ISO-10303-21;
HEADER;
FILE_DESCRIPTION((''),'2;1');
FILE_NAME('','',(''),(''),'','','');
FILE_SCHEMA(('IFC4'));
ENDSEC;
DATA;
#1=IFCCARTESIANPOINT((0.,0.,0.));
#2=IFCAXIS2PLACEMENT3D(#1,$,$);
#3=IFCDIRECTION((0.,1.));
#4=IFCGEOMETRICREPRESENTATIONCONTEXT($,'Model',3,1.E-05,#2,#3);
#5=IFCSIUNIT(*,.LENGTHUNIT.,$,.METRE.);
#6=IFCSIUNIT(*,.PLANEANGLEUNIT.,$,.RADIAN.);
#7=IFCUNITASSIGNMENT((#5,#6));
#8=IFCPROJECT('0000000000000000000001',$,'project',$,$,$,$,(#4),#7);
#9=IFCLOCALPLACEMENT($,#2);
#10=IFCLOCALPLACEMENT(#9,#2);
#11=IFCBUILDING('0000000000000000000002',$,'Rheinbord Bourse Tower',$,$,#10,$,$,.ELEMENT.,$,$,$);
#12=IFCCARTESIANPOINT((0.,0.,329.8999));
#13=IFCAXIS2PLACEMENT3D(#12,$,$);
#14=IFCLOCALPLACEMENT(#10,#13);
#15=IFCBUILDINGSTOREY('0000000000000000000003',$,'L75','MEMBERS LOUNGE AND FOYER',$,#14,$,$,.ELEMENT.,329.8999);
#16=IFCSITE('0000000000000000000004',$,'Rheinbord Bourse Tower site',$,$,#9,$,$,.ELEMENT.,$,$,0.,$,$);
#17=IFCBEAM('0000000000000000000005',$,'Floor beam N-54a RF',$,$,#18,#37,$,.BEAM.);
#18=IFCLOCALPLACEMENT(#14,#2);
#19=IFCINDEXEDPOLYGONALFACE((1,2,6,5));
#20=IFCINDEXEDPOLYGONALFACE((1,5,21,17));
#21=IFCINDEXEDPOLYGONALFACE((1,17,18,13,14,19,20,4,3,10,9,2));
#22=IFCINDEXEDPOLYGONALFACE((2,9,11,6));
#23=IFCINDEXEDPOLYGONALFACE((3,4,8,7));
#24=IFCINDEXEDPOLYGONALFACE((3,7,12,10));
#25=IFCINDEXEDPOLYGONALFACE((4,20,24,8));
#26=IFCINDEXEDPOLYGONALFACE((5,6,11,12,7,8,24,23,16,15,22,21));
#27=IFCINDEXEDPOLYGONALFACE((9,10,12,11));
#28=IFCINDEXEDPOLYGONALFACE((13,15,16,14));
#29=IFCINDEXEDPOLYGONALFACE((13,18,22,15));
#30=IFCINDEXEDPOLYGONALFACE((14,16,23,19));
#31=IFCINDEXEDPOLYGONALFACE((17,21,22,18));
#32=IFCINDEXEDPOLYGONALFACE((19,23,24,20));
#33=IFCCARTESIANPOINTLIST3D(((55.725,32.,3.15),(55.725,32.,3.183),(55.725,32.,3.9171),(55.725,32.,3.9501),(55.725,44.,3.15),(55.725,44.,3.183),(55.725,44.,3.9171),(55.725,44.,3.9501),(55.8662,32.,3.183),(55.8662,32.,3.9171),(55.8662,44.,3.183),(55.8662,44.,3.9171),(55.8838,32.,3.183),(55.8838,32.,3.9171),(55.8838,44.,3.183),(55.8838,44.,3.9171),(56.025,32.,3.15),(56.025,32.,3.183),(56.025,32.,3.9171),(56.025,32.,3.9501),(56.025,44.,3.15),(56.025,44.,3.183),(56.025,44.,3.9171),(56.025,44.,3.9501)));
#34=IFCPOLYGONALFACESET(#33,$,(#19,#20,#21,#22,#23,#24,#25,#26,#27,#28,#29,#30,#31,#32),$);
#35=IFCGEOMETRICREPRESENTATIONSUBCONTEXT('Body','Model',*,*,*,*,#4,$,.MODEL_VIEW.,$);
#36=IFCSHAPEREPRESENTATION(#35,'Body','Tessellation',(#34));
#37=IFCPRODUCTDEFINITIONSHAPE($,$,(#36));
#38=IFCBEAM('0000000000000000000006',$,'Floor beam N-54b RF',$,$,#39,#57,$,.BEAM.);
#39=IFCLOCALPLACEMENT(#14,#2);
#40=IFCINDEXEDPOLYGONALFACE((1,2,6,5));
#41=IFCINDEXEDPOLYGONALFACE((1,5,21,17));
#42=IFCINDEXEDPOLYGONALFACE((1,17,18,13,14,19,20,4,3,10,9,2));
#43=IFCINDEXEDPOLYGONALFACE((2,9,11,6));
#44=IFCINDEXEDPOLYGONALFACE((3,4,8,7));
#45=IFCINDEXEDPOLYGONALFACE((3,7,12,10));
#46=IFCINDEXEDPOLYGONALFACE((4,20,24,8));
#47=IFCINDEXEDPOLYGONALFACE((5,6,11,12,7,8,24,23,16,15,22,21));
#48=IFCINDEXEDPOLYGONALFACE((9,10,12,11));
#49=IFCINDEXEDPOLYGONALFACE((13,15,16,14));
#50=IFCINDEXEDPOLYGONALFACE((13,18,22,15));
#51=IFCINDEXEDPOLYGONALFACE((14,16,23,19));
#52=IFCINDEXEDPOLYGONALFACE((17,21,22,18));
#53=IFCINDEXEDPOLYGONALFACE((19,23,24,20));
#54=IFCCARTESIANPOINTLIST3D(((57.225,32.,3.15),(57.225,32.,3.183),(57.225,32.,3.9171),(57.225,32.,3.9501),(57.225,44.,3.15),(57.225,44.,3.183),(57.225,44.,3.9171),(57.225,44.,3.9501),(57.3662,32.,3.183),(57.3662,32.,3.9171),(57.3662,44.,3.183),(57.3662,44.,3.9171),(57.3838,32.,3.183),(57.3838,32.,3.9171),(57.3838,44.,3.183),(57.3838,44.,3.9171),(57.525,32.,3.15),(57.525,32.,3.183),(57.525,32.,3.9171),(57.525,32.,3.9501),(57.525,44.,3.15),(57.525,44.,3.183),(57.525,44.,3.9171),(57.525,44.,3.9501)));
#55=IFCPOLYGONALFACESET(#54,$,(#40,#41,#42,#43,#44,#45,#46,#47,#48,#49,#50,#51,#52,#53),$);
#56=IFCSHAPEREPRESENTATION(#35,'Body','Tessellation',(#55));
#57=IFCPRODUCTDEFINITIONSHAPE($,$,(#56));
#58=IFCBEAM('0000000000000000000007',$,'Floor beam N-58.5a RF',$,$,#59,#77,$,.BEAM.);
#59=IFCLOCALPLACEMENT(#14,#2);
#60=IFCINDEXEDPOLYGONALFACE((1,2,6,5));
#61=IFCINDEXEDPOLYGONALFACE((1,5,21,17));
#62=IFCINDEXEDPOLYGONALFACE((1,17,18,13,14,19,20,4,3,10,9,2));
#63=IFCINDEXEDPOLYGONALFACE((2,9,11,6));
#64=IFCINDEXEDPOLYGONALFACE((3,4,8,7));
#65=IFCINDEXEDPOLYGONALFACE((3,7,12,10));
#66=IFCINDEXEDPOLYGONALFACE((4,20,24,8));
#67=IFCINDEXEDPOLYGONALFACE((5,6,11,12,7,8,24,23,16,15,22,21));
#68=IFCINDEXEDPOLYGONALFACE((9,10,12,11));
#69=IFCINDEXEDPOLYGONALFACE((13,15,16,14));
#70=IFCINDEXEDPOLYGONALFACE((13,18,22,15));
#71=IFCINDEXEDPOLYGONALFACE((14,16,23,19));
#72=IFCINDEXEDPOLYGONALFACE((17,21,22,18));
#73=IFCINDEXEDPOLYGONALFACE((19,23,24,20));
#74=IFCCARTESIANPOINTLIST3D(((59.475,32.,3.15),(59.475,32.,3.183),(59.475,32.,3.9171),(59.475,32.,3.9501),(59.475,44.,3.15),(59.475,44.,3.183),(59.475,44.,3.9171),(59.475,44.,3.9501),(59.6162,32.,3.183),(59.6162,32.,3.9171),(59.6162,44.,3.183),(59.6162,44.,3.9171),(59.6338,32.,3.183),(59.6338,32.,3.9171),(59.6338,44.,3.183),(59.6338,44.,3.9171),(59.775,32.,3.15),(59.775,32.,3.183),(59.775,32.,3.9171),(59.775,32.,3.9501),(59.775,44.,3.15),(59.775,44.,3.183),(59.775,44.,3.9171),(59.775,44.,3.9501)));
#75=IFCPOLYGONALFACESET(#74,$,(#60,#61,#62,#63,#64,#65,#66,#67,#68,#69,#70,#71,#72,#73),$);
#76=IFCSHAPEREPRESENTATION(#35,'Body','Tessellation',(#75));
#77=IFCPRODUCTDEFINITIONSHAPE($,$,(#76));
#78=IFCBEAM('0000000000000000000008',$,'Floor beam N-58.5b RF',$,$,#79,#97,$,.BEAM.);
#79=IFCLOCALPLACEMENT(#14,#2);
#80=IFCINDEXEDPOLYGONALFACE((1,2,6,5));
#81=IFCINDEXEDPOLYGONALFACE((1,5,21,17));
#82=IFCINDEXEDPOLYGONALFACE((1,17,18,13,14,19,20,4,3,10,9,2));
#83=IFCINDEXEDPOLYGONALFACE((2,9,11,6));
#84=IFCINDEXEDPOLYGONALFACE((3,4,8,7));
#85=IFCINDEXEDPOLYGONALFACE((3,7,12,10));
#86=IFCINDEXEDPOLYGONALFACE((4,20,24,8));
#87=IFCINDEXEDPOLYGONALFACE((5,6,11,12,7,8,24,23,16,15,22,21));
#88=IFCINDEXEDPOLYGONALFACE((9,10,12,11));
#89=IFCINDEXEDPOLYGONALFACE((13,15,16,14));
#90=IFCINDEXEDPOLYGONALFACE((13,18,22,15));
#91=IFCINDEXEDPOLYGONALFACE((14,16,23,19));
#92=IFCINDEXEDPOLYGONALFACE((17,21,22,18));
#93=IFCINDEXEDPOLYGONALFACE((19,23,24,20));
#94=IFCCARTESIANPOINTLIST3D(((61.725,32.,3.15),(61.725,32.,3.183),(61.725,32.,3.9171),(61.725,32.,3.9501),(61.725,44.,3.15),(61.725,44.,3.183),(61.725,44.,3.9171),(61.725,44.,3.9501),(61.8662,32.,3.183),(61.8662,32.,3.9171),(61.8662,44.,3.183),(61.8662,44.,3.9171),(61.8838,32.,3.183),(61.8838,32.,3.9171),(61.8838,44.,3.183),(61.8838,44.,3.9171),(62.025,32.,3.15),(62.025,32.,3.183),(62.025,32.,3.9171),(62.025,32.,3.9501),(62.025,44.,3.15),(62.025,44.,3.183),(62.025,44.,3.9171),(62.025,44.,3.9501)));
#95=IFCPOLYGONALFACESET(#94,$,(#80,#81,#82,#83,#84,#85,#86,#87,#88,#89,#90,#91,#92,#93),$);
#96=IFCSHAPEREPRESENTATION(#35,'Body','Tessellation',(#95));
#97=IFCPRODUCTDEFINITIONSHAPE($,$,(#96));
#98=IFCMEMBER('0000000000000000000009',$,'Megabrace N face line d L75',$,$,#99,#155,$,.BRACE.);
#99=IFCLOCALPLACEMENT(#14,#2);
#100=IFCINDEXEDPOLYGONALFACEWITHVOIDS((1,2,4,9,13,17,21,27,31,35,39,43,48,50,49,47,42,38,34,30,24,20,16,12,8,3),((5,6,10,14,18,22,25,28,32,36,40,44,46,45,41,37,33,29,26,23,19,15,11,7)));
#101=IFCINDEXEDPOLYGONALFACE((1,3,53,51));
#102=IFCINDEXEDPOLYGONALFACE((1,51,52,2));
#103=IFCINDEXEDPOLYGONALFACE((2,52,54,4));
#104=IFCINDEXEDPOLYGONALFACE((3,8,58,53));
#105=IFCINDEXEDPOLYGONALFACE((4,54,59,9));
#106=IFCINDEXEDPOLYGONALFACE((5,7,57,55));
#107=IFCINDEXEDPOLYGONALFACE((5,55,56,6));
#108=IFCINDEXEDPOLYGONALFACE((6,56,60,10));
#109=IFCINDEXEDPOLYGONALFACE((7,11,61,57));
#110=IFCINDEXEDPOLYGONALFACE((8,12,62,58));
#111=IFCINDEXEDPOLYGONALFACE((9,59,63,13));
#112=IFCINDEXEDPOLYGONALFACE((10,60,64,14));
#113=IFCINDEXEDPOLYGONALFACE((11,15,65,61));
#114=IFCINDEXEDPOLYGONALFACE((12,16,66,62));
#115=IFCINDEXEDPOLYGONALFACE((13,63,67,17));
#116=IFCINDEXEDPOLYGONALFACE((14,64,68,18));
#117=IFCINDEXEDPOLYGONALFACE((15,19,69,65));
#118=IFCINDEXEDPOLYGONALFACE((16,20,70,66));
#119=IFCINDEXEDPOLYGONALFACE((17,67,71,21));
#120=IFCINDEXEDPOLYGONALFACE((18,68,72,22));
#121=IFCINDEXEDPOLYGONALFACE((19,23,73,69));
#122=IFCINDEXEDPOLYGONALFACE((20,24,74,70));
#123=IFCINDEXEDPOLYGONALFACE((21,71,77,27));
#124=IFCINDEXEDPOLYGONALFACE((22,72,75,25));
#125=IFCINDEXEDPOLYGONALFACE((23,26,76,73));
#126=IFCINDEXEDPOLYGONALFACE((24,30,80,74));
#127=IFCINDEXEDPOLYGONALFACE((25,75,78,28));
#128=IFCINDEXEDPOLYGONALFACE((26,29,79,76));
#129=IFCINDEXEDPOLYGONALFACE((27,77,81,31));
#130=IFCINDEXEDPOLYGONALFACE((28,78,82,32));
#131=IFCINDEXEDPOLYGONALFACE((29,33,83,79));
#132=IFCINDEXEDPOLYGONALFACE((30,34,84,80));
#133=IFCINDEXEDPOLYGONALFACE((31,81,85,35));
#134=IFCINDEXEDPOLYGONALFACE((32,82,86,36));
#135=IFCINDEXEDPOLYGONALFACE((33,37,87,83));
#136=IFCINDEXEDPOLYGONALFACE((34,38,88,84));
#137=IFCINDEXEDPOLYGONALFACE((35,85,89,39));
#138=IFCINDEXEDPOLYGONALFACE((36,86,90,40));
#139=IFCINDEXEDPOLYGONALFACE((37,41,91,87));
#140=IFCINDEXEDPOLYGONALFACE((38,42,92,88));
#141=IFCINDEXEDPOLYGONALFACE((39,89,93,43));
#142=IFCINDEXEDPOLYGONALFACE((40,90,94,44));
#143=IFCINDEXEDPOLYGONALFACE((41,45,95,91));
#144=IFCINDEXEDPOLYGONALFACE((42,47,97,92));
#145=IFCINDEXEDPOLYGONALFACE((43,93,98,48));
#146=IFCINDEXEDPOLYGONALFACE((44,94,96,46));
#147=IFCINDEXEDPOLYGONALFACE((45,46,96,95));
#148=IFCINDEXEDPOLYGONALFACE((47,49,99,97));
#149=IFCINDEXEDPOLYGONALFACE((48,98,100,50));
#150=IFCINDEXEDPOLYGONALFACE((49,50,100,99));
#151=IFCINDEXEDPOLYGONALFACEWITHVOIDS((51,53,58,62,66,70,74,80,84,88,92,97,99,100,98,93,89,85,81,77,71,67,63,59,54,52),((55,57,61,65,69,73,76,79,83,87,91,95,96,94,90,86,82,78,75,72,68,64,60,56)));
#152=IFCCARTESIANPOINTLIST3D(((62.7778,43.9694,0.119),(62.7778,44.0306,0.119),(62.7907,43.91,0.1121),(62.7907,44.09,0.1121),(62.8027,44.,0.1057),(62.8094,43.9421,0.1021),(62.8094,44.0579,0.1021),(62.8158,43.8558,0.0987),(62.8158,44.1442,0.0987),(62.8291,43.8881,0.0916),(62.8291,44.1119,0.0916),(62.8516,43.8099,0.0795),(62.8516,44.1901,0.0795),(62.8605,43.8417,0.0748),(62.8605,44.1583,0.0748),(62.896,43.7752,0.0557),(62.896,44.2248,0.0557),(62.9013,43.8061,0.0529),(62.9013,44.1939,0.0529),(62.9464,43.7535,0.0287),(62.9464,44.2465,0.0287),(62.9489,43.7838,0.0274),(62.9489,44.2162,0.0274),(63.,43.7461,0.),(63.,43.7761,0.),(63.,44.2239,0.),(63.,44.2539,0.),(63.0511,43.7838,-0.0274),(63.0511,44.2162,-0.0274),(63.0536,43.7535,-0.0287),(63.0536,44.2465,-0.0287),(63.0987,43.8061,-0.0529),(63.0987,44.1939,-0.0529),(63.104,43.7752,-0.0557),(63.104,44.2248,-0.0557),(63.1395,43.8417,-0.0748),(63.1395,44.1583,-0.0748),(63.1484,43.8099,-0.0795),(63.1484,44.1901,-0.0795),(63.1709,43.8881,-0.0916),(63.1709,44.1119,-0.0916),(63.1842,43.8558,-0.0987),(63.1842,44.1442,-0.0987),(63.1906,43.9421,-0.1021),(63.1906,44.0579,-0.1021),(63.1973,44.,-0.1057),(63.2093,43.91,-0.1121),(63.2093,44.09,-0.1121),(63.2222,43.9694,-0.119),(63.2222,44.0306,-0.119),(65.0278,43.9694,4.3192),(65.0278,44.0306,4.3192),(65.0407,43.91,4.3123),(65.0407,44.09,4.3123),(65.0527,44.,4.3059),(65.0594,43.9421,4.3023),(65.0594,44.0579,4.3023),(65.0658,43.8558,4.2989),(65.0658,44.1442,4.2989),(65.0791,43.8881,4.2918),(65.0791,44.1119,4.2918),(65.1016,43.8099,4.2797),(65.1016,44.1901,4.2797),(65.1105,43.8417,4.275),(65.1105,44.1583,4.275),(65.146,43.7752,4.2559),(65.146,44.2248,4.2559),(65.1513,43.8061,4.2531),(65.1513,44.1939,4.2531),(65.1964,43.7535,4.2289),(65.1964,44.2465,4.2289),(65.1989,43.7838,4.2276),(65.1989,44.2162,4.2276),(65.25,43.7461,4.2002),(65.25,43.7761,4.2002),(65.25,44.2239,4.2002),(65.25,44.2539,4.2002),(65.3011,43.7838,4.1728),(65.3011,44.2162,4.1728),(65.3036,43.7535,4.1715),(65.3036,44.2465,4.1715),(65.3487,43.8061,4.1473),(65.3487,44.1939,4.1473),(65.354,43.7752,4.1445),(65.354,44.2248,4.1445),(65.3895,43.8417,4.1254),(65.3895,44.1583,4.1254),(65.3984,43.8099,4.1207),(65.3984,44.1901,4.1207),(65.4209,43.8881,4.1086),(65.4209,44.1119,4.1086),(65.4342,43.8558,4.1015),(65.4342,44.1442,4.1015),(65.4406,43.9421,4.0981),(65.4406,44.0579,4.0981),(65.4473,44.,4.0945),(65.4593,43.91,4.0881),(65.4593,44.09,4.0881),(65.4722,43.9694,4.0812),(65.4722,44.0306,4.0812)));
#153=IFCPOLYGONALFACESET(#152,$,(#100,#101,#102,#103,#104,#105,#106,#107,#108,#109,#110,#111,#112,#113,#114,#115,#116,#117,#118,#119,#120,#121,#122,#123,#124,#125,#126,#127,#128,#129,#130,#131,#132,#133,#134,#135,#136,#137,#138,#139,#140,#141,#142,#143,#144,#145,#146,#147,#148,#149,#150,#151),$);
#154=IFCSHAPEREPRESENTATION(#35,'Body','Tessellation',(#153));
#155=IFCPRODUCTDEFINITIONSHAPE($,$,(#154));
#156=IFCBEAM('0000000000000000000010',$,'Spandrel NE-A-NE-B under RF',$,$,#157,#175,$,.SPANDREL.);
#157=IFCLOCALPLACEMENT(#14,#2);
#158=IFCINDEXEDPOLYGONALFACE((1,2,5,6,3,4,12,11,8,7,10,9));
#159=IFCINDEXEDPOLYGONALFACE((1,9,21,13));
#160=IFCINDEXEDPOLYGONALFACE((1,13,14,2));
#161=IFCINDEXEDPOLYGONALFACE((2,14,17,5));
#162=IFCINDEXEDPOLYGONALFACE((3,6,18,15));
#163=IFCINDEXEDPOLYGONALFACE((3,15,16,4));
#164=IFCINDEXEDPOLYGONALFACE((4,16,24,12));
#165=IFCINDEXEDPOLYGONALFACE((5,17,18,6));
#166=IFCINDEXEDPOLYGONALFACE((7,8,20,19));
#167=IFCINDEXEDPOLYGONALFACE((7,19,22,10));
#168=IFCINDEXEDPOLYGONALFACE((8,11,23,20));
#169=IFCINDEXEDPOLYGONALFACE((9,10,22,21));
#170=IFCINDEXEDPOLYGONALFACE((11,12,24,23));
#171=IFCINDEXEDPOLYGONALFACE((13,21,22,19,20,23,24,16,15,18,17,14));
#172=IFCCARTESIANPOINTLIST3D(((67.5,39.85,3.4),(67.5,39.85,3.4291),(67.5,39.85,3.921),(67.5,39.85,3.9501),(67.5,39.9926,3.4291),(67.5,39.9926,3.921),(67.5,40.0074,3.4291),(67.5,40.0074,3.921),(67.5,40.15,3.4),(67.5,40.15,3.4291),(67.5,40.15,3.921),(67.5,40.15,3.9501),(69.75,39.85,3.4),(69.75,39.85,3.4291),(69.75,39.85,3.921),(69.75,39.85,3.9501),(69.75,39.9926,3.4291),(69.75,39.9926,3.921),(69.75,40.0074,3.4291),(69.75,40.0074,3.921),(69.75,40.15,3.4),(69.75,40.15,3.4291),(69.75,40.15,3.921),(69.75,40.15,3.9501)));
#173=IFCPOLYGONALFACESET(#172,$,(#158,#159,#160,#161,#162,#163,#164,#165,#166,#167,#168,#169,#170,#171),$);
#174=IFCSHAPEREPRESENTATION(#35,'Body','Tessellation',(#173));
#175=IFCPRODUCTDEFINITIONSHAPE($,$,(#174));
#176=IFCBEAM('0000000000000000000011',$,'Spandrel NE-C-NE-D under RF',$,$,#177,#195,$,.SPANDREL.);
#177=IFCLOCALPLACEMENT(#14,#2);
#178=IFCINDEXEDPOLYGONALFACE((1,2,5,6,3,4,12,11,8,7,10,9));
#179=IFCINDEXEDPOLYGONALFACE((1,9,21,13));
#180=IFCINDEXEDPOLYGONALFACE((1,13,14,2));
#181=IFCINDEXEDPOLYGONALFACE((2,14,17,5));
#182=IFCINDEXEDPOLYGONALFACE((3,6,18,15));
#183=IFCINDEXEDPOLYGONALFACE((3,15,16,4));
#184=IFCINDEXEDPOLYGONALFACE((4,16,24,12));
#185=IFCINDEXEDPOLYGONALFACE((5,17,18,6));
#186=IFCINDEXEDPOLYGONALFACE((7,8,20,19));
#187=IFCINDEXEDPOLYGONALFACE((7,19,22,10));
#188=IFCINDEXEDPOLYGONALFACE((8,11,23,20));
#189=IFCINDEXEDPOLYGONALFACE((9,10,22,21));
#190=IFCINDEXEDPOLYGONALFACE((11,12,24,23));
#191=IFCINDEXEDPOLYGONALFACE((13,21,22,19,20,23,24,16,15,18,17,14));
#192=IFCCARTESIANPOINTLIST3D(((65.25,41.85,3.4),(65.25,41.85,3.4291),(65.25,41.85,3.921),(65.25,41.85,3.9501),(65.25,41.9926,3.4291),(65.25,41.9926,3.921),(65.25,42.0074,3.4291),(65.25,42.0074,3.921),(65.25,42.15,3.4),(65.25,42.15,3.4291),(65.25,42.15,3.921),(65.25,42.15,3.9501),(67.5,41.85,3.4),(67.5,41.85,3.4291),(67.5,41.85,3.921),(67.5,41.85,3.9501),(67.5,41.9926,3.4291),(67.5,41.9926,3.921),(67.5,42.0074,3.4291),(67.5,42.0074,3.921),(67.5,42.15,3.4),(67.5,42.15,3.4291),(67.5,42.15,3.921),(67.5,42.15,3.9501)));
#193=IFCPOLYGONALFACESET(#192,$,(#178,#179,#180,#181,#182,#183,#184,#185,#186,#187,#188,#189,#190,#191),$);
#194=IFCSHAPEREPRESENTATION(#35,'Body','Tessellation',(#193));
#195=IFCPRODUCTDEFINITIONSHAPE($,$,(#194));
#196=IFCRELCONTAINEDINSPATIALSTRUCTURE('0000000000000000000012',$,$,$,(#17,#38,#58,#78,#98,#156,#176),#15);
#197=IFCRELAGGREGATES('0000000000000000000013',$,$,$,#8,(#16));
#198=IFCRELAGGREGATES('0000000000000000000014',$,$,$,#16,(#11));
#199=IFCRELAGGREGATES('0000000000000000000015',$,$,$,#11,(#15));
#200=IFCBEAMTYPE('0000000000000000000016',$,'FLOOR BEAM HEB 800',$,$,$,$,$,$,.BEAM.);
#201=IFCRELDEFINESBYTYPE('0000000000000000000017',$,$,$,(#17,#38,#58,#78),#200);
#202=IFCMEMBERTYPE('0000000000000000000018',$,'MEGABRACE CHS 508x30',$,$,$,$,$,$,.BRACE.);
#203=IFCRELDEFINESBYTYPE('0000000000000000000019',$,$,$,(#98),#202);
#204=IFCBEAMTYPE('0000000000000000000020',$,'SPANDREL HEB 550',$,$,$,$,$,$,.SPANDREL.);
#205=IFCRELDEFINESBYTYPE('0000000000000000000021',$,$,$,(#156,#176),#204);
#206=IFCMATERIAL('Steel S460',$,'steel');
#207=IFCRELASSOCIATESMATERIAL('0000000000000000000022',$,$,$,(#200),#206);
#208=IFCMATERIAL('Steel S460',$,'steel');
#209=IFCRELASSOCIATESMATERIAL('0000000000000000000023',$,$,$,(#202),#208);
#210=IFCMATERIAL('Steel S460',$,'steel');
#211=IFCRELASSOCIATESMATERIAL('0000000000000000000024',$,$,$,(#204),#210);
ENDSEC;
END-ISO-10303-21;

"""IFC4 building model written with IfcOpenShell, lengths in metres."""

from ifc_helpers import new_model, si_unit, direction, frame, origin, origin_2d, place, context, subcontext, project, spatial, hollow_circle, i_section, extrude, material, material_profile, profile_set, type_object, element, save


model = new_model("IFC4")

# Units and contexts
model_context = context("Model", 3, precision=1e-05, world=origin(), true_north=direction((0.0, 1.0)))
body_context = subcontext(model_context, "Body", "Model", "MODEL_VIEW")
ifc_project = project(units=[si_unit("LENGTHUNIT", "METRE"), si_unit("PLANEANGLEUNIT", "RADIAN")], contexts=[model_context])

# Site, building, storey
site_placement = place(None, origin())
site = spatial("IfcSite", under=ifc_project, at=site_placement, Name="Rheinbord Bourse Tower site", CompositionType="ELEMENT", RefElevation=0.0)
building_placement = place(site_placement, origin())
building = spatial("IfcBuilding", under=site, at=building_placement, Name="Rheinbord Bourse Tower", CompositionType="ELEMENT")
storey_placement = place(building_placement, frame((0.0, 0.0, 329.8999)))
storey = spatial("IfcBuildingStorey", under=building, at=storey_placement, Name="L75", Description="MEMBERS LOUNGE AND FOYER", CompositionType="ELEMENT", Elevation=329.8999)

# Beams
ifc_material_1 = material(Name="Steel S460", Category="steel")
ifc_material_profile_1 = material_profile(ifc_material_1, i_section(OverallWidth=0.3, OverallDepth=0.8, WebThickness=0.0176, FlangeThickness=0.033, at=origin_2d()), Name="HEB 800")
ifc_profile_set_1 = profile_set([ifc_material_profile_1], Name="Steel S460")
beam_type_1 = type_object("IfcBeamType", Name="FLOOR BEAM HEB 800", PredefinedType="BEAM", material=ifc_profile_set_1)
for number, where, z_axis, x_axis, name in (
    (1, (55.875, 44.0, 3.55), (0.0, -1.0, 0.0), (1.0, 0.0, 0.0), "Floor beam N-54a RF"),
    (2, (57.375, 44.0, 3.55), (0.0, -1.0, 0.0), (1.0, 0.0, 0.0), "Floor beam N-54b RF"),
    (3, (59.625, 44.0, 3.55), (0.0, -1.0, 0.0), (1.0, 0.0, 0.0), "Floor beam N-58.5a RF"),
    (4, (61.875, 44.0, 3.55), (0.0, -1.0, 0.0), (1.0, 0.0, 0.0), "Floor beam N-58.5b RF"),
):
    element("IfcBeam", number, at=place(storey_placement, frame(where, z_axis=z_axis, x_axis=x_axis)), inside=storey, type_object=beam_type_1, Name=name, PredefinedType="BEAM", context=body_context, shape_type="SweptSolid", body=[
        extrude(i_section(OverallWidth=0.3, OverallDepth=0.8, WebThickness=0.0176, FlangeThickness=0.033, at=origin_2d()), origin(), (0.0, 0.0, 1.0), 12.0),
    ])

# Member
ifc_material_2 = material(Name="Steel S460", Category="steel")
ifc_material_profile_2 = material_profile(ifc_material_2, hollow_circle(Radius=0.2539, WallThickness=0.03, at=origin_2d()), Name="CHS 508x30")
ifc_profile_set_2 = profile_set([ifc_material_profile_2], Name="Steel S460")
member_type_1 = type_object("IfcMemberType", Name="MEGABRACE CHS 508x30", PredefinedType="BRACE", material=ifc_profile_set_2)
member_1_placement = place(storey_placement, frame((63.0, 44.0, 0.0), z_axis=(0.472204, 0.0, 0.881489), x_axis=(0.0, 1.0, 0.0)))
element("IfcMember", 5, at=member_1_placement, inside=storey, type_object=member_type_1, Name="Megabrace N face line d L75", PredefinedType="BRACE", context=body_context, shape_type="SweptSolid", body=[
    extrude(hollow_circle(Radius=0.2539, WallThickness=0.03, at=origin_2d()), origin(), (0.0, 0.0, 1.0), 4.7649),
])

# Beams
ifc_material_3 = material(Name="Steel S460", Category="steel")
ifc_material_profile_3 = material_profile(ifc_material_3, i_section(OverallWidth=0.3, OverallDepth=0.55, WebThickness=0.0149, FlangeThickness=0.0291, at=origin_2d()), Name="HEB 550")
ifc_profile_set_3 = profile_set([ifc_material_profile_3], Name="Steel S460")
beam_type_2 = type_object("IfcBeamType", Name="SPANDREL HEB 550", PredefinedType="SPANDREL", material=ifc_profile_set_3)
for number, where, z_axis, x_axis, name in (
    (6, (69.75, 40.0, 3.675), (-1.0, 0.0, 0.0), (0.0, -1.0, 0.0), "Spandrel NE-A-NE-B under RF"),
    (7, (67.5, 42.0, 3.675), (-1.0, 0.0, 0.0), (0.0, -1.0, 0.0), "Spandrel NE-C-NE-D under RF"),
):
    element("IfcBeam", number, at=place(storey_placement, frame(where, z_axis=z_axis, x_axis=x_axis)), inside=storey, type_object=beam_type_2, Name=name, PredefinedType="SPANDREL", context=body_context, shape_type="SweptSolid", body=[
        extrude(i_section(OverallWidth=0.3, OverallDepth=0.55, WebThickness=0.0149, FlangeThickness=0.0291, at=origin_2d()), origin(), (0.0, 0.0, 1.0), 2.25),
    ])

save(model, "model.ifc")
